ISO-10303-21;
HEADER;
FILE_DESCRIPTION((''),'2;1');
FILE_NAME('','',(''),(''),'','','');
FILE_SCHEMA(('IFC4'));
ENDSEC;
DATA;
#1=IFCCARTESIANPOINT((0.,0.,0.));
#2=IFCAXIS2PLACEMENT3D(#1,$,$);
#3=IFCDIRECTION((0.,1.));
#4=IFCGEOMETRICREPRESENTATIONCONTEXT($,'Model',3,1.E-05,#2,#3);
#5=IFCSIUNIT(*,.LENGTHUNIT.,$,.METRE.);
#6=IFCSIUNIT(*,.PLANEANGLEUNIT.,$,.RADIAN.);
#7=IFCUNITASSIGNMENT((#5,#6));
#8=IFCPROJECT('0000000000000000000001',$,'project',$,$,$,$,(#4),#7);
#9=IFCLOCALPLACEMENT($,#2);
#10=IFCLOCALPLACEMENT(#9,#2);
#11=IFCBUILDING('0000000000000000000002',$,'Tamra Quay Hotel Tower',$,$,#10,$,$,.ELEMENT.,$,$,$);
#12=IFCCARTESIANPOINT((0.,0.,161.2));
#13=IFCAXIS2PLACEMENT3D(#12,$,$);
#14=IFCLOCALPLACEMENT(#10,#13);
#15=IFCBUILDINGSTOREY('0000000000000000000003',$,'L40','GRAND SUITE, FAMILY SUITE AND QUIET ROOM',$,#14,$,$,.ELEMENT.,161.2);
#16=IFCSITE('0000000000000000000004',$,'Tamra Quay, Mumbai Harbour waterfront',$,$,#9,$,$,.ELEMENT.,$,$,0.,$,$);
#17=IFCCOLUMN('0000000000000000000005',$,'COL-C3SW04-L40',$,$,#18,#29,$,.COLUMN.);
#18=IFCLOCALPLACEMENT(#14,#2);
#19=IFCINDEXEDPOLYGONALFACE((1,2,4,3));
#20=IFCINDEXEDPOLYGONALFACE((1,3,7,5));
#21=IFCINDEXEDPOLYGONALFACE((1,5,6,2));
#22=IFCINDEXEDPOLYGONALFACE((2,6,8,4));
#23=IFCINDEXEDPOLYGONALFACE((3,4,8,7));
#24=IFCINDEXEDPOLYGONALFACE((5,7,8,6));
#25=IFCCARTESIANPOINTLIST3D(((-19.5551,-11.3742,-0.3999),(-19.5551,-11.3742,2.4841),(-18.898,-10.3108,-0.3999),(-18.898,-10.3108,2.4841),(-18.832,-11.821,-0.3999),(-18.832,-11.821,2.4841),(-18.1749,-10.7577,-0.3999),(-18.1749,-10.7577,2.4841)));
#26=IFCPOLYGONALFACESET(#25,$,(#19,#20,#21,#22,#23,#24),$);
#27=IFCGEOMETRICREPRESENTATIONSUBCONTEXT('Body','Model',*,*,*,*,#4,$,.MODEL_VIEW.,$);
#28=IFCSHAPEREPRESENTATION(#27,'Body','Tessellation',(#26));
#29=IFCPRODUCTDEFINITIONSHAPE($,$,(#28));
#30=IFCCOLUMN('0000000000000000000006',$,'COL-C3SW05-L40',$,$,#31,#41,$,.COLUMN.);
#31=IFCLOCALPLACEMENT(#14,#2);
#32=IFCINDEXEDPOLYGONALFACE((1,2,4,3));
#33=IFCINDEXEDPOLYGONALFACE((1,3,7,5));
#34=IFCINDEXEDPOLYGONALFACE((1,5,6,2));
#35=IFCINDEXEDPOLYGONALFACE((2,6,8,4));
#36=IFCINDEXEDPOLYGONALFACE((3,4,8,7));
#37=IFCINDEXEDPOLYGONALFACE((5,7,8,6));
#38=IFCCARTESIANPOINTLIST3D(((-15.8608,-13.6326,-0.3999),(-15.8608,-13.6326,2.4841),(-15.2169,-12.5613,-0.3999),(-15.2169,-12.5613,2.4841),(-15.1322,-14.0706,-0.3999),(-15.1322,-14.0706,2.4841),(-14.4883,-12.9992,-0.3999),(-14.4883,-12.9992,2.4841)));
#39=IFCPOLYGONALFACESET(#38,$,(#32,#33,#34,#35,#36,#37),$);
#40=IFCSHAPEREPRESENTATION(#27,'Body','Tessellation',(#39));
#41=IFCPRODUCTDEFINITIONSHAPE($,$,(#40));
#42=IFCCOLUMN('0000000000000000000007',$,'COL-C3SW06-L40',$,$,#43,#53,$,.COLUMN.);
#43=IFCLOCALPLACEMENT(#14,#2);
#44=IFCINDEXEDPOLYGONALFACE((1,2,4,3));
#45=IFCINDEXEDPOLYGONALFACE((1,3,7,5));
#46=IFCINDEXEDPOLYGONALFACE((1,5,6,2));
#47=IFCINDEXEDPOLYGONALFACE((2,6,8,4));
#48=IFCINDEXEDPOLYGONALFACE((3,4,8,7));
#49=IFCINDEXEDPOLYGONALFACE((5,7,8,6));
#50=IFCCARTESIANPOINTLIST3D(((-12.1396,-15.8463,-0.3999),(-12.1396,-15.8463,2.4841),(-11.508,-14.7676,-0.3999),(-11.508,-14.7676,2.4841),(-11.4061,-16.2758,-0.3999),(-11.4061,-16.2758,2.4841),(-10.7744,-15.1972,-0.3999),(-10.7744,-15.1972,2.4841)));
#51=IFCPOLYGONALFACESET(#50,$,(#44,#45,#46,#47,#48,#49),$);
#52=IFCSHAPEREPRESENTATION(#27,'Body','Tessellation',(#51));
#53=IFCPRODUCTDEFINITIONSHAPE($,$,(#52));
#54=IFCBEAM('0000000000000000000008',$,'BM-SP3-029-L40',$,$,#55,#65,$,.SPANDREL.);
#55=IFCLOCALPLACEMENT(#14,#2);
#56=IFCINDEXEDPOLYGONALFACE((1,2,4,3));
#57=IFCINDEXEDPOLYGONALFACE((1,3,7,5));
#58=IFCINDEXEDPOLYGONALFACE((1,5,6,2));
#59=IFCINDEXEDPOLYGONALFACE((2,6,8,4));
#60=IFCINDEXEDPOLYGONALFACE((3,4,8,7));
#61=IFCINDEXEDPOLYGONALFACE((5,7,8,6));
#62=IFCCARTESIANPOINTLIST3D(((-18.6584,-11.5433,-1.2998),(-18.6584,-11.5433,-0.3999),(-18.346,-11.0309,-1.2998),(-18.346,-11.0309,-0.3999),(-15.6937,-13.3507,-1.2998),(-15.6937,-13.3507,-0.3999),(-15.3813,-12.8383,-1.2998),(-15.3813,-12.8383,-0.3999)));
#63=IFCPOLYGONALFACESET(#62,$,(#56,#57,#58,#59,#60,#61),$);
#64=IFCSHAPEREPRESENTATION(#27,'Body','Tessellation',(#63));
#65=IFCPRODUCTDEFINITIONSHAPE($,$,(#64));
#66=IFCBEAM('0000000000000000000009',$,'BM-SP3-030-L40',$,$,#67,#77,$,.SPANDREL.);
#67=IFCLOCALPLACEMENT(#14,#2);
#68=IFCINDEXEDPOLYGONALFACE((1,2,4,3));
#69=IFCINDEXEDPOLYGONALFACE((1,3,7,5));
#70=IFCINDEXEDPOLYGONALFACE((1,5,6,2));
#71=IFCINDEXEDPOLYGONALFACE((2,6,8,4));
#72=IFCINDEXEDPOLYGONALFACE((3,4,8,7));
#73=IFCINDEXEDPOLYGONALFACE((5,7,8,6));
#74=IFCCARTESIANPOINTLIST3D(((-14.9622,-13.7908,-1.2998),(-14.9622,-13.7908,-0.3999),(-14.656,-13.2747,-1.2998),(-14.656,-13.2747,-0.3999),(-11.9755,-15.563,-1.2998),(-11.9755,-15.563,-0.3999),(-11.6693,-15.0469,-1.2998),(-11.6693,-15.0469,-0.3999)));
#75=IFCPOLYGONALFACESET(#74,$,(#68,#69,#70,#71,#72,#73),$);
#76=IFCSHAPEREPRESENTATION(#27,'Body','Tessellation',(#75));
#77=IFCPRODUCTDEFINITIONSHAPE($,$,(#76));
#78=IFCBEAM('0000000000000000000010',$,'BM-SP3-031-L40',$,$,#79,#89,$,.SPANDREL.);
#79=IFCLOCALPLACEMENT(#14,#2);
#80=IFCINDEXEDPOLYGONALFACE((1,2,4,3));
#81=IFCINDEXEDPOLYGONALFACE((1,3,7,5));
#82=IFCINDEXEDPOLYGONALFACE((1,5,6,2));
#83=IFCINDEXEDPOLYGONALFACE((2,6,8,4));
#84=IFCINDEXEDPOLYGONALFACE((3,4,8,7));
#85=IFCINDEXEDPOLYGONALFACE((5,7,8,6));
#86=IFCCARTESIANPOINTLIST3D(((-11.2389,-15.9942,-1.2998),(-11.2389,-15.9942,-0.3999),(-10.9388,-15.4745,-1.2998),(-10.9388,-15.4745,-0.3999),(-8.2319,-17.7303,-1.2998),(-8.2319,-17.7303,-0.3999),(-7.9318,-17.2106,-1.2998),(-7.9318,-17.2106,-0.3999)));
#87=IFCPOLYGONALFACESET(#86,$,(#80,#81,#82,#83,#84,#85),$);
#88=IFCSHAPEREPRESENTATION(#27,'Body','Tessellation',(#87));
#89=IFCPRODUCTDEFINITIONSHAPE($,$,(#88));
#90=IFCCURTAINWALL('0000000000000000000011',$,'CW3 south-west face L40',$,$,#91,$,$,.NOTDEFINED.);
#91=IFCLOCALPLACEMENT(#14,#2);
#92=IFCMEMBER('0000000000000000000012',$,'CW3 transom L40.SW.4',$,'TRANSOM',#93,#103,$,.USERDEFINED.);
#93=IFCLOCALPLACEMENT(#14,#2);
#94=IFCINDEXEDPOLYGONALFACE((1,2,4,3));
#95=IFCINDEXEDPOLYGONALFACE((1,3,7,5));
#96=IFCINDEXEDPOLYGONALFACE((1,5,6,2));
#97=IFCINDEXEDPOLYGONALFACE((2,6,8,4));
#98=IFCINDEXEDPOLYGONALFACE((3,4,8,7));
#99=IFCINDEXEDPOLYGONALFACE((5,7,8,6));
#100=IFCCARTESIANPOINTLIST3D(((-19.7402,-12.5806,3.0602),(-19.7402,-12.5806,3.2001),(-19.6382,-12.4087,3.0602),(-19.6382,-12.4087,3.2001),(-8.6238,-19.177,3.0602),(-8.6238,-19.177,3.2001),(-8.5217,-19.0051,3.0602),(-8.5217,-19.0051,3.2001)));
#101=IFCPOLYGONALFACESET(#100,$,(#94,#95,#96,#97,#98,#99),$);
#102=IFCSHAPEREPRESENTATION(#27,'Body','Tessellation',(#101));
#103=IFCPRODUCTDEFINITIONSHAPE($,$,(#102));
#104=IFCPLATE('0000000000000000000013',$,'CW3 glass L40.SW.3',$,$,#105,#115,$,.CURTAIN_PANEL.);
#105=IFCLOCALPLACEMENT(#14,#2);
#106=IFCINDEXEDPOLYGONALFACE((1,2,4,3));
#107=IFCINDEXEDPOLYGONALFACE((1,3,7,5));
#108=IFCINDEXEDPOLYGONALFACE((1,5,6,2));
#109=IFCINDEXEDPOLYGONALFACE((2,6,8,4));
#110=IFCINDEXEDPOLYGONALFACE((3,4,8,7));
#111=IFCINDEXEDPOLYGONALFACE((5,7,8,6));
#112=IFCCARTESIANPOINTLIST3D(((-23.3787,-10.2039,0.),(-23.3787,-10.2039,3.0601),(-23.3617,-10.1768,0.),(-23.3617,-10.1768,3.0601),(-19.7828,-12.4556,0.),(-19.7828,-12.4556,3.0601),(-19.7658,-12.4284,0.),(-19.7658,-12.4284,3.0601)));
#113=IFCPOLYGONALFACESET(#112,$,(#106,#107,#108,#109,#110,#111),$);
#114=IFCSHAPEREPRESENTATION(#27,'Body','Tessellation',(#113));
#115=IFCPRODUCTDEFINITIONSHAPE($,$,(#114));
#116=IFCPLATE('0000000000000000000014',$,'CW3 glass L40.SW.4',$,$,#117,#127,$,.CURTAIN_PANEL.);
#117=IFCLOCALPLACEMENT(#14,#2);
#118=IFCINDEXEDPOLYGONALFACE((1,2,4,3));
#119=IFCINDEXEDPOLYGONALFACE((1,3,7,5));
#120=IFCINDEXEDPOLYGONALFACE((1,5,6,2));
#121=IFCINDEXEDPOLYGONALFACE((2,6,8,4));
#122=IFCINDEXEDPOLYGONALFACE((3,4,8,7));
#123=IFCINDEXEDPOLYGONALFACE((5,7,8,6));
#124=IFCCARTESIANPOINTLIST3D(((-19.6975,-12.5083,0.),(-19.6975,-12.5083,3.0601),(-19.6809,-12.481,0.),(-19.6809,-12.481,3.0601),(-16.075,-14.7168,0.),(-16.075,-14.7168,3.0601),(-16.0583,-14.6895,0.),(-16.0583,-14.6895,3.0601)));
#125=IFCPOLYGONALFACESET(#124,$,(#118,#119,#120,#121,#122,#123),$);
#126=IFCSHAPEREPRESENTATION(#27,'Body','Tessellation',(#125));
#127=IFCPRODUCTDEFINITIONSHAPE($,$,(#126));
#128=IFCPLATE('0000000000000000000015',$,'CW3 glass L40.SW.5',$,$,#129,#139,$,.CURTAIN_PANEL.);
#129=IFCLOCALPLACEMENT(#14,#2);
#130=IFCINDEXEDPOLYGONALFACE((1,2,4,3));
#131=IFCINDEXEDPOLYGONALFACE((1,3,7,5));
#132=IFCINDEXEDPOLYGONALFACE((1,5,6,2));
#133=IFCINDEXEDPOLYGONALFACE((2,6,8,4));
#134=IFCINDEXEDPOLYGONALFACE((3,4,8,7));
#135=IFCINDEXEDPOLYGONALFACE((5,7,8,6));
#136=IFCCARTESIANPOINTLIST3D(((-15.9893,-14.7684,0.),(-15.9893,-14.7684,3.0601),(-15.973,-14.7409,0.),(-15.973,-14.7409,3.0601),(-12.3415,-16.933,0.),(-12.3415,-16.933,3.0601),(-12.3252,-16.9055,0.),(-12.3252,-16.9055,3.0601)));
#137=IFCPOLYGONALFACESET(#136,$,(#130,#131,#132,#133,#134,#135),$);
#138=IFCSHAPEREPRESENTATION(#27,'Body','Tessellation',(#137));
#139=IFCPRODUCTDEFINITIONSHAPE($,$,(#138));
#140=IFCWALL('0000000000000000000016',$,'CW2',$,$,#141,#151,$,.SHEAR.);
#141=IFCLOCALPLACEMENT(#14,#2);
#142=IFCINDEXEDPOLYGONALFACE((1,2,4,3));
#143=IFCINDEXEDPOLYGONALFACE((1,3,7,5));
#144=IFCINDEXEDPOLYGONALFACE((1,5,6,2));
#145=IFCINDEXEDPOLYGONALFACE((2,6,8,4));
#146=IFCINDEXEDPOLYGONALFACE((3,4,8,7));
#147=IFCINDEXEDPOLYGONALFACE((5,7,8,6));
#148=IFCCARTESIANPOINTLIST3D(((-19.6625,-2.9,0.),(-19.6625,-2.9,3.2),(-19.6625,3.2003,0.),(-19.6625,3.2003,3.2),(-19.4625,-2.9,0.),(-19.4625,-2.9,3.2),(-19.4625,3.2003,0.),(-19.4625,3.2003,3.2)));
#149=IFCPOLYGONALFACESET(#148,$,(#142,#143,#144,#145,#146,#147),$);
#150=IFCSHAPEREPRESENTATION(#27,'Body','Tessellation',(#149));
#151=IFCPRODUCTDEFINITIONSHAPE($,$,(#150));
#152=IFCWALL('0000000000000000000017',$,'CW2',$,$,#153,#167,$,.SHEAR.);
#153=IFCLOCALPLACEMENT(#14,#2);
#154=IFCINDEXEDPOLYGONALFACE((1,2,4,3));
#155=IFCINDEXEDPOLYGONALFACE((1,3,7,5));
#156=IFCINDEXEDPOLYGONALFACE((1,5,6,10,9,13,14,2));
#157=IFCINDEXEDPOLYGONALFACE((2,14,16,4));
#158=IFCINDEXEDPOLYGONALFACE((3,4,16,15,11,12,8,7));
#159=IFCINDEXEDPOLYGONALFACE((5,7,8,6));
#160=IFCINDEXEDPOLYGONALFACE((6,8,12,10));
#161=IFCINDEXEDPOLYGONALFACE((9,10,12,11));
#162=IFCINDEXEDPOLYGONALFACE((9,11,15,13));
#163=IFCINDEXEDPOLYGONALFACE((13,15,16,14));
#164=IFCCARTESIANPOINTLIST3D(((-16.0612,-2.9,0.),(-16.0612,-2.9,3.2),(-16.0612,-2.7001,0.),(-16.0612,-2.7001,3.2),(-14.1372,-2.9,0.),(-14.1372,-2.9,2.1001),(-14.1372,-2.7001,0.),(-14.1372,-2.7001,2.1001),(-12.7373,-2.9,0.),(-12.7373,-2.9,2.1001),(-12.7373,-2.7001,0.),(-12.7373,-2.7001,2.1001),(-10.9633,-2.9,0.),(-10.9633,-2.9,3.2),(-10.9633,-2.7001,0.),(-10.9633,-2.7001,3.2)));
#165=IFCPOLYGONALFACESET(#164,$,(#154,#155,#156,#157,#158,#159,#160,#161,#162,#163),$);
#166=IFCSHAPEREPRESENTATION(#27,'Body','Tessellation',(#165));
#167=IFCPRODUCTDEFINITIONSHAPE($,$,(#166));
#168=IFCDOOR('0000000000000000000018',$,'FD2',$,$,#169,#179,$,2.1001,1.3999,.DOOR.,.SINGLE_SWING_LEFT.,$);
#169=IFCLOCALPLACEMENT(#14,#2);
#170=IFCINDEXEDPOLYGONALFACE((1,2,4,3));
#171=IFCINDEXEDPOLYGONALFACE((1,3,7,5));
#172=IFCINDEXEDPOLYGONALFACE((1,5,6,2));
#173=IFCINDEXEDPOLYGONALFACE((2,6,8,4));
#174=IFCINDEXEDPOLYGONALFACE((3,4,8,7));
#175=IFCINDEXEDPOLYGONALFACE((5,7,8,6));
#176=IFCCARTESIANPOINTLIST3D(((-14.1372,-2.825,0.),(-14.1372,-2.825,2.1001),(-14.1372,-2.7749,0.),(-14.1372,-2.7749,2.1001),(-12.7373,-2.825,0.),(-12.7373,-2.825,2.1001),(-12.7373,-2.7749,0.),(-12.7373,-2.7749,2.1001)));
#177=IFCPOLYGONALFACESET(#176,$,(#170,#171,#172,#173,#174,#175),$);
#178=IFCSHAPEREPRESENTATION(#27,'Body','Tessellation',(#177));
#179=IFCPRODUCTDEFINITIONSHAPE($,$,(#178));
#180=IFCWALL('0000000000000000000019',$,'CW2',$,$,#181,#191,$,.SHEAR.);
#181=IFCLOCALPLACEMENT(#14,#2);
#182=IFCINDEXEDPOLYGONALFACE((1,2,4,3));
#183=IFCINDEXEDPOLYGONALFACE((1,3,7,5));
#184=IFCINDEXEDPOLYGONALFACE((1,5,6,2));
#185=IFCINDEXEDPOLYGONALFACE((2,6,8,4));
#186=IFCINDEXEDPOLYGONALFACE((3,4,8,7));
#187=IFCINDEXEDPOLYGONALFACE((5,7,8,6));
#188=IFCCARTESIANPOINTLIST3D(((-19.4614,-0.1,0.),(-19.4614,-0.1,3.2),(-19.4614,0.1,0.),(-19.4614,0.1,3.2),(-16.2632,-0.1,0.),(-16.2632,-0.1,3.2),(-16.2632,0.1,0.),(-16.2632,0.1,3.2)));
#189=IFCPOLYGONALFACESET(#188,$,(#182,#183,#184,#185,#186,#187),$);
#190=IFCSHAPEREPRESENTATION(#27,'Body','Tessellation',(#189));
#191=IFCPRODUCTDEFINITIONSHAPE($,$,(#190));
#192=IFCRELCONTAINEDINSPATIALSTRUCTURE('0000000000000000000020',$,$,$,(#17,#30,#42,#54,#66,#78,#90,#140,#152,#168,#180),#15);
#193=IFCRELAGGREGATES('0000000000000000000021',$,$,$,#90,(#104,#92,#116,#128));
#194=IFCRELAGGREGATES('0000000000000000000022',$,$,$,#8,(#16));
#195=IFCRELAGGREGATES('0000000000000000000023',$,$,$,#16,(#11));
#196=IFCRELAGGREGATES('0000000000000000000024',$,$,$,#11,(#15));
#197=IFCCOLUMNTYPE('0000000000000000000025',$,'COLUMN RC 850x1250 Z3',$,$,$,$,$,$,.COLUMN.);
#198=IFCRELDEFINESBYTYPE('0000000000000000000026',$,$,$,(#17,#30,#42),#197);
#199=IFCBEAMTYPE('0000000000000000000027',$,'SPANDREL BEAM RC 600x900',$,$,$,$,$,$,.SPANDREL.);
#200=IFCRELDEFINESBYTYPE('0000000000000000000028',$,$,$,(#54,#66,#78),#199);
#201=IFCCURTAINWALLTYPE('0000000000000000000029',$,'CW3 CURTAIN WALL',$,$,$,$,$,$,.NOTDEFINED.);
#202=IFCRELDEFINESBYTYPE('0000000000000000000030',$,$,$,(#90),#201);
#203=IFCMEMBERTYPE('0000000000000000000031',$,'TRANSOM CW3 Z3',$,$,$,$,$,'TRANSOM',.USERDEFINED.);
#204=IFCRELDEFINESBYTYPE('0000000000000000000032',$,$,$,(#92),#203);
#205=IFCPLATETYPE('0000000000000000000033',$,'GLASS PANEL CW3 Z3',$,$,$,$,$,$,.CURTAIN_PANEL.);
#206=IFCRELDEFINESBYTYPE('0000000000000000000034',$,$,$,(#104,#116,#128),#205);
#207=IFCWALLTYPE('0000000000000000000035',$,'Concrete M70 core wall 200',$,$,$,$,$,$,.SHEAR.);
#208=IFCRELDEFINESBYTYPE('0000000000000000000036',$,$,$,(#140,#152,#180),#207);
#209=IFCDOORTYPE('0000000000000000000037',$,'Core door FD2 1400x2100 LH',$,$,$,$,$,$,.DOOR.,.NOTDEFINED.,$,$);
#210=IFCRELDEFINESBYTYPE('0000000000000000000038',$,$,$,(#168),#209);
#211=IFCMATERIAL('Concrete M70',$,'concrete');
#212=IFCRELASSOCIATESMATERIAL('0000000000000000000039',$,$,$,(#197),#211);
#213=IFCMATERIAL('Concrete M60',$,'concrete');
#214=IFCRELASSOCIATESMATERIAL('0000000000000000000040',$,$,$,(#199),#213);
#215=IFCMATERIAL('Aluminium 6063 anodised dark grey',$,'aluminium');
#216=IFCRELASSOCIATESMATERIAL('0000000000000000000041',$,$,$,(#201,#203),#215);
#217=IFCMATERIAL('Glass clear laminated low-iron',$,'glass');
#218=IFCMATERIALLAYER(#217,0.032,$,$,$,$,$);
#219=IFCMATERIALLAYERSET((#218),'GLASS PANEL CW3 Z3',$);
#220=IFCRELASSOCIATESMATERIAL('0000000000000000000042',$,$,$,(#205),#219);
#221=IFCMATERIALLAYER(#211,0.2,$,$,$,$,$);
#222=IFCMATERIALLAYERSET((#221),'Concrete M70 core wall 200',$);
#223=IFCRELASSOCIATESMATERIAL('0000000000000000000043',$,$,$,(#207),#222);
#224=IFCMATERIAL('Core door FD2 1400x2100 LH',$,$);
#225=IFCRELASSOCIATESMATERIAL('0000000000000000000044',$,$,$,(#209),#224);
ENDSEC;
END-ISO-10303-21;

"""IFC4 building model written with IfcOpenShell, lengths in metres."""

from ifc_helpers import new_model, si_unit, direction, frame, frame_2d, origin, origin_2d, place, context, subcontext, project, spatial, rectangle, extrude, material, layer, layer_set, material_profile, profile_set, type_object, element, fill, aggregate, save


model = new_model("IFC4")

# Units and contexts
model_context = context("Model", 3, precision=1e-05, world=origin(), true_north=direction((0.0, 1.0)))
body_context = subcontext(model_context, "Body", "Model", "MODEL_VIEW")
ifc_project = project(units=[si_unit("LENGTHUNIT", "METRE"), si_unit("PLANEANGLEUNIT", "RADIAN")], contexts=[model_context])

# Site, building, storey
site_placement = place(None, origin())
site = spatial("IfcSite", under=ifc_project, at=site_placement, Name="Tamra Quay, Mumbai Harbour waterfront", CompositionType="ELEMENT", RefElevation=0.0)
building_placement = place(site_placement, origin())
building = spatial("IfcBuilding", under=site, at=building_placement, Name="Tamra Quay Hotel Tower", CompositionType="ELEMENT")
storey_placement = place(building_placement, frame((0.0, 0.0, 161.2)))
storey = spatial("IfcBuildingStorey", under=building, at=storey_placement, Name="L40", Description="GRAND SUITE, FAMILY SUITE AND QUIET ROOM", CompositionType="ELEMENT", Elevation=161.2)

# Columns
ifc_material_1 = material(Name="Concrete M70", Category="concrete")
ifc_material_profile_1 = material_profile(ifc_material_1, rectangle(XDim=1.25, YDim=0.8501, at=origin_2d()), Name="COLUMN RC 850x1250 Z3")
ifc_profile_set_1 = profile_set([ifc_material_profile_1], Name="Concrete M70")
column_type = type_object("IfcColumnType", Name="COLUMN RC 850x1250 Z3", PredefinedType="COLUMN", material=ifc_profile_set_1)
for number, where, z_axis, x_axis, name in (
    (1, (-18.865, -11.0659, -0.3999), (0.0, 0.0, 1.0), (0.525677, 0.850685, 0.0), "COL-C3SW04-L40"),
    (2, (-15.1746, -13.3159, -0.3999), (0.0, 0.0, 1.0), (0.515162, 0.857093, 0.0), "COL-C3SW05-L40"),
    (3, (-11.457, -15.5217, -0.3999), (0.0, 0.0, 1.0), (0.505325, 0.862929, 0.0), "COL-C3SW06-L40"),
):
    element("IfcColumn", number, at=place(storey_placement, frame(where, z_axis=z_axis, x_axis=x_axis)), inside=storey, type_object=column_type, Name=name, PredefinedType="COLUMN", context=body_context, shape_type="SweptSolid", body=[
        extrude(rectangle(XDim=1.25, YDim=0.8501, at=origin_2d()), origin(), (0.0, 0.0, 1.0), 2.884),
    ])

# Beams
ifc_material_2 = material(Name="Concrete M60", Category="concrete")
ifc_material_profile_2 = material_profile(ifc_material_2, rectangle(XDim=0.6001, YDim=0.8999, at=origin_2d()), Name="SPANDREL BEAM RC 600x900")
ifc_profile_set_2 = profile_set([ifc_material_profile_2], Name="Concrete M60")
beam_type = type_object("IfcBeamType", Name="SPANDREL BEAM RC 600x900", PredefinedType="SPANDREL", material=ifc_profile_set_2)
beam_1_placement = place(storey_placement, frame((-18.5022, -11.2871, -0.8499), z_axis=(0.853836, -0.520542, 0.0), x_axis=(0.520542, 0.853836, 0.0)))
element("IfcBeam", 4, at=beam_1_placement, inside=storey, type_object=beam_type, Name="BM-SP3-029-L40", PredefinedType="SPANDREL", context=body_context, shape_type="SweptSolid", body=[
    extrude(rectangle(XDim=0.6001, YDim=0.8999, at=origin_2d()), origin(), (0.0, 0.0, 1.0), 3.4722),
])
beam_2_placement = place(storey_placement, frame((-14.8091, -13.5327, -0.8499), z_axis=(0.859989, -0.510313, 0.0), x_axis=(0.510313, 0.859989, 0.0)))
element("IfcBeam", 5, at=beam_2_placement, inside=storey, type_object=beam_type, Name="BM-SP3-030-L40", PredefinedType="SPANDREL", context=body_context, shape_type="SweptSolid", body=[
    extrude(rectangle(XDim=0.6001, YDim=0.8999, at=origin_2d()), origin(), (0.0, 0.0, 1.0), 3.4729),
])
beam_3_placement = place(storey_placement, frame((-11.0889, -15.7344, -0.8499), z_axis=(0.866032, -0.499988, 0.0), x_axis=(0.499988, 0.866032, 0.0)))
element("IfcBeam", 6, at=beam_3_placement, inside=storey, type_object=beam_type, Name="BM-SP3-031-L40", PredefinedType="SPANDREL", context=body_context, shape_type="SweptSolid", body=[
    extrude(rectangle(XDim=0.6001, YDim=0.8999, at=origin_2d()), origin(), (0.0, 0.0, 1.0), 3.4722),
])

# Curtain wall, member, plates
ifc_material_3 = material(Name="Aluminium 6063 anodised dark grey", Category="aluminium")
curtain_wall_type = type_object("IfcCurtainWallType", Name="CW3 CURTAIN WALL", PredefinedType="NOTDEFINED", material=ifc_material_3)
curtain_wall_placement = place(storey_placement, origin())
curtain_wall = element("IfcCurtainWall", 7, at=curtain_wall_placement, inside=storey, type_object=curtain_wall_type, Name="CW3 south-west face L40", PredefinedType="NOTDEFINED")
ifc_material_profile_3 = material_profile(ifc_material_3, rectangle(XDim=0.2, YDim=0.1399, at=origin_2d()), Name="TRANSOM 200X140")
ifc_profile_set_3 = profile_set([ifc_material_profile_3], Name="Aluminium 6063 anodised dark grey")
member_type = type_object("IfcMemberType", Name="TRANSOM CW3 Z3", ElementType="TRANSOM", PredefinedType="USERDEFINED", material=ifc_profile_set_3)
member_placement = place(storey_placement, frame((-19.6892, -12.4946, 3.1301), z_axis=(0.859989, -0.510312, 0.0), x_axis=(0.510312, 0.859989, 0.0)))
member = element("IfcMember", 8, at=member_placement, type_object=member_type, Name="CW3 transom L40.SW.4", ObjectType="TRANSOM", PredefinedType="USERDEFINED", context=body_context, shape_type="SweptSolid", body=[
    extrude(rectangle(XDim=0.2, YDim=0.1399, at=origin_2d()), origin(), (0.0, 0.0, 1.0), 12.9263),
])
ifc_material_4 = material(Name="Glass clear laminated low-iron", Category="glass")
ifc_layer_1 = layer(ifc_material_4, 0.032)
ifc_layer_set_1 = layer_set([ifc_layer_1], Name="GLASS PANEL CW3 Z3")
plate_type = type_object("IfcPlateType", Name="GLASS PANEL CW3 Z3", PredefinedType="CURTAIN_PANEL", material=ifc_layer_set_1)
plate_1_placement = place(storey_placement, frame((-21.5723, -11.3162, 0.0), z_axis=(0.0, 0.0, 1.0), x_axis=(0.847546, -0.530721, 0.0)))
plate_1 = element("IfcPlate", 9, at=plate_1_placement, type_object=plate_type, Name="CW3 glass L40.SW.3", PredefinedType="CURTAIN_PANEL", context=body_context, shape_type="SweptSolid", body=[
    extrude(rectangle(XDim=4.2427, YDim=0.032, at=origin_2d()), origin(), (0.0, 0.0, 1.0), 3.0601),
])
plate_2_placement = place(storey_placement, frame((-17.8779, -13.5989, 0.0), z_axis=(0.0, 0.0, 1.0), x_axis=(0.85383, -0.520552, 0.0)))
plate_2 = element("IfcPlate", 10, at=plate_2_placement, type_object=plate_type, Name="CW3 glass L40.SW.4", PredefinedType="CURTAIN_PANEL", context=body_context, shape_type="SweptSolid", body=[
    extrude(rectangle(XDim=4.2427, YDim=0.032, at=origin_2d()), origin(), (0.0, 0.0, 1.0), 3.0601),
])
plate_3_placement = place(storey_placement, frame((-14.1572, -15.8369, 0.0), z_axis=(0.0, 0.0, 1.0), x_axis=(0.859985, -0.510319, 0.0)))
plate_3 = element("IfcPlate", 11, at=plate_3_placement, type_object=plate_type, Name="CW3 glass L40.SW.5", PredefinedType="CURTAIN_PANEL", context=body_context, shape_type="SweptSolid", body=[
    extrude(rectangle(XDim=4.2417, YDim=0.032, at=origin_2d()), origin(), (0.0, 0.0, 1.0), 3.0601),
])
aggregate(curtain_wall, [plate_1, member, plate_2, plate_3])

# Wall
ifc_layer_2 = layer(ifc_material_1, 0.2)
ifc_layer_set_2 = layer_set([ifc_layer_2], Name="Concrete M70 core wall 200")
wall_type_1 = type_object("IfcWallType", Name="Concrete M70 core wall 200", PredefinedType="SHEAR", material=ifc_layer_set_2)
wall_1_placement = place(storey_placement, frame((-19.5625, -2.9001, 0.0), z_axis=(0.0, 0.0, 1.0), x_axis=(0.0, 1.0, 0.0)))
element("IfcWall", 12, at=wall_1_placement, inside=storey, type_object=wall_type_1, Name="CW2", PredefinedType="SHEAR", context=body_context, shape_type="SweptSolid", body=[
    extrude(rectangle(XDim=6.1003, YDim=0.2, at=frame_2d((3.0503, 0.0))), origin(), (0.0, 0.0, 1.0), 3.2),
])

# Wall, opening, door
wall_2_placement = place(storey_placement, frame((-10.9634, -2.8, 0.0), z_axis=(0.0, 0.0, 1.0), x_axis=(-1.0, 0.0, 0.0)))
wall_2 = element("IfcWall", 13, at=wall_2_placement, inside=storey, type_object=wall_type_1, Name="CW2", PredefinedType="SHEAR", context=body_context, shape_type="SweptSolid", body=[
    extrude(rectangle(XDim=5.0979, YDim=0.2, at=frame_2d((2.5488, 0.0))), origin(), (0.0, 0.0, 1.0), 3.2),
])
opening_1_placement = place(wall_2_placement, frame((1.7739, 0.0, 0.0)))
opening_1 = element("IfcOpeningElement", 14, at=opening_1_placement, cuts=wall_2, PredefinedType="OPENING", context=body_context, shape_type="SweptSolid", body=[
    extrude(rectangle(XDim=1.3999, YDim=2.1001, at=frame_2d((0.7, 1.05))), frame((0.0, 0.1099, 0.0), z_axis=(0.0, -1.0, 0.0), x_axis=(1.0, 0.0, 0.0)), (0.0, 0.0, 1.0), 0.22),
])
ifc_material_5 = material(Name="Core door FD2 1400x2100 LH")
door_type_1 = type_object("IfcDoorType", Name="Core door FD2 1400x2100 LH", OperationType="NOTDEFINED", PredefinedType="DOOR", material=ifc_material_5)
door_1_placement = place(opening_1_placement, origin())
door_1 = element("IfcDoor", 15, at=door_1_placement, inside=storey, type_object=door_type_1, Name="FD2", OperationType="SINGLE_SWING_LEFT", OverallHeight=2.1001, OverallWidth=1.3999, PredefinedType="DOOR", context=body_context, shape_type="SweptSolid", body=[
    extrude(rectangle(XDim=1.3999, YDim=2.1001, at=frame_2d((0.7, 1.05))), frame((0.0, 0.0249, 0.0), z_axis=(0.0, -1.0, 0.0), x_axis=(1.0, 0.0, 0.0)), (0.0, 0.0, 1.0), 0.05),
])
fill(opening_1, door_1)

# Wall
wall_3_placement = place(storey_placement, frame((-16.2632, 0.0, 0.0), z_axis=(0.0, 0.0, 1.0), x_axis=(-1.0, 0.0, 0.0)))
element("IfcWall", 16, at=wall_3_placement, inside=storey, type_object=wall_type_1, Name="CW2", PredefinedType="SHEAR", context=body_context, shape_type="SweptSolid", body=[
    extrude(rectangle(XDim=3.1982, YDim=0.2, at=frame_2d((1.5991, 0.0))), origin(), (0.0, 0.0, 1.0), 3.2),
])

save(model, "model.ifc")
